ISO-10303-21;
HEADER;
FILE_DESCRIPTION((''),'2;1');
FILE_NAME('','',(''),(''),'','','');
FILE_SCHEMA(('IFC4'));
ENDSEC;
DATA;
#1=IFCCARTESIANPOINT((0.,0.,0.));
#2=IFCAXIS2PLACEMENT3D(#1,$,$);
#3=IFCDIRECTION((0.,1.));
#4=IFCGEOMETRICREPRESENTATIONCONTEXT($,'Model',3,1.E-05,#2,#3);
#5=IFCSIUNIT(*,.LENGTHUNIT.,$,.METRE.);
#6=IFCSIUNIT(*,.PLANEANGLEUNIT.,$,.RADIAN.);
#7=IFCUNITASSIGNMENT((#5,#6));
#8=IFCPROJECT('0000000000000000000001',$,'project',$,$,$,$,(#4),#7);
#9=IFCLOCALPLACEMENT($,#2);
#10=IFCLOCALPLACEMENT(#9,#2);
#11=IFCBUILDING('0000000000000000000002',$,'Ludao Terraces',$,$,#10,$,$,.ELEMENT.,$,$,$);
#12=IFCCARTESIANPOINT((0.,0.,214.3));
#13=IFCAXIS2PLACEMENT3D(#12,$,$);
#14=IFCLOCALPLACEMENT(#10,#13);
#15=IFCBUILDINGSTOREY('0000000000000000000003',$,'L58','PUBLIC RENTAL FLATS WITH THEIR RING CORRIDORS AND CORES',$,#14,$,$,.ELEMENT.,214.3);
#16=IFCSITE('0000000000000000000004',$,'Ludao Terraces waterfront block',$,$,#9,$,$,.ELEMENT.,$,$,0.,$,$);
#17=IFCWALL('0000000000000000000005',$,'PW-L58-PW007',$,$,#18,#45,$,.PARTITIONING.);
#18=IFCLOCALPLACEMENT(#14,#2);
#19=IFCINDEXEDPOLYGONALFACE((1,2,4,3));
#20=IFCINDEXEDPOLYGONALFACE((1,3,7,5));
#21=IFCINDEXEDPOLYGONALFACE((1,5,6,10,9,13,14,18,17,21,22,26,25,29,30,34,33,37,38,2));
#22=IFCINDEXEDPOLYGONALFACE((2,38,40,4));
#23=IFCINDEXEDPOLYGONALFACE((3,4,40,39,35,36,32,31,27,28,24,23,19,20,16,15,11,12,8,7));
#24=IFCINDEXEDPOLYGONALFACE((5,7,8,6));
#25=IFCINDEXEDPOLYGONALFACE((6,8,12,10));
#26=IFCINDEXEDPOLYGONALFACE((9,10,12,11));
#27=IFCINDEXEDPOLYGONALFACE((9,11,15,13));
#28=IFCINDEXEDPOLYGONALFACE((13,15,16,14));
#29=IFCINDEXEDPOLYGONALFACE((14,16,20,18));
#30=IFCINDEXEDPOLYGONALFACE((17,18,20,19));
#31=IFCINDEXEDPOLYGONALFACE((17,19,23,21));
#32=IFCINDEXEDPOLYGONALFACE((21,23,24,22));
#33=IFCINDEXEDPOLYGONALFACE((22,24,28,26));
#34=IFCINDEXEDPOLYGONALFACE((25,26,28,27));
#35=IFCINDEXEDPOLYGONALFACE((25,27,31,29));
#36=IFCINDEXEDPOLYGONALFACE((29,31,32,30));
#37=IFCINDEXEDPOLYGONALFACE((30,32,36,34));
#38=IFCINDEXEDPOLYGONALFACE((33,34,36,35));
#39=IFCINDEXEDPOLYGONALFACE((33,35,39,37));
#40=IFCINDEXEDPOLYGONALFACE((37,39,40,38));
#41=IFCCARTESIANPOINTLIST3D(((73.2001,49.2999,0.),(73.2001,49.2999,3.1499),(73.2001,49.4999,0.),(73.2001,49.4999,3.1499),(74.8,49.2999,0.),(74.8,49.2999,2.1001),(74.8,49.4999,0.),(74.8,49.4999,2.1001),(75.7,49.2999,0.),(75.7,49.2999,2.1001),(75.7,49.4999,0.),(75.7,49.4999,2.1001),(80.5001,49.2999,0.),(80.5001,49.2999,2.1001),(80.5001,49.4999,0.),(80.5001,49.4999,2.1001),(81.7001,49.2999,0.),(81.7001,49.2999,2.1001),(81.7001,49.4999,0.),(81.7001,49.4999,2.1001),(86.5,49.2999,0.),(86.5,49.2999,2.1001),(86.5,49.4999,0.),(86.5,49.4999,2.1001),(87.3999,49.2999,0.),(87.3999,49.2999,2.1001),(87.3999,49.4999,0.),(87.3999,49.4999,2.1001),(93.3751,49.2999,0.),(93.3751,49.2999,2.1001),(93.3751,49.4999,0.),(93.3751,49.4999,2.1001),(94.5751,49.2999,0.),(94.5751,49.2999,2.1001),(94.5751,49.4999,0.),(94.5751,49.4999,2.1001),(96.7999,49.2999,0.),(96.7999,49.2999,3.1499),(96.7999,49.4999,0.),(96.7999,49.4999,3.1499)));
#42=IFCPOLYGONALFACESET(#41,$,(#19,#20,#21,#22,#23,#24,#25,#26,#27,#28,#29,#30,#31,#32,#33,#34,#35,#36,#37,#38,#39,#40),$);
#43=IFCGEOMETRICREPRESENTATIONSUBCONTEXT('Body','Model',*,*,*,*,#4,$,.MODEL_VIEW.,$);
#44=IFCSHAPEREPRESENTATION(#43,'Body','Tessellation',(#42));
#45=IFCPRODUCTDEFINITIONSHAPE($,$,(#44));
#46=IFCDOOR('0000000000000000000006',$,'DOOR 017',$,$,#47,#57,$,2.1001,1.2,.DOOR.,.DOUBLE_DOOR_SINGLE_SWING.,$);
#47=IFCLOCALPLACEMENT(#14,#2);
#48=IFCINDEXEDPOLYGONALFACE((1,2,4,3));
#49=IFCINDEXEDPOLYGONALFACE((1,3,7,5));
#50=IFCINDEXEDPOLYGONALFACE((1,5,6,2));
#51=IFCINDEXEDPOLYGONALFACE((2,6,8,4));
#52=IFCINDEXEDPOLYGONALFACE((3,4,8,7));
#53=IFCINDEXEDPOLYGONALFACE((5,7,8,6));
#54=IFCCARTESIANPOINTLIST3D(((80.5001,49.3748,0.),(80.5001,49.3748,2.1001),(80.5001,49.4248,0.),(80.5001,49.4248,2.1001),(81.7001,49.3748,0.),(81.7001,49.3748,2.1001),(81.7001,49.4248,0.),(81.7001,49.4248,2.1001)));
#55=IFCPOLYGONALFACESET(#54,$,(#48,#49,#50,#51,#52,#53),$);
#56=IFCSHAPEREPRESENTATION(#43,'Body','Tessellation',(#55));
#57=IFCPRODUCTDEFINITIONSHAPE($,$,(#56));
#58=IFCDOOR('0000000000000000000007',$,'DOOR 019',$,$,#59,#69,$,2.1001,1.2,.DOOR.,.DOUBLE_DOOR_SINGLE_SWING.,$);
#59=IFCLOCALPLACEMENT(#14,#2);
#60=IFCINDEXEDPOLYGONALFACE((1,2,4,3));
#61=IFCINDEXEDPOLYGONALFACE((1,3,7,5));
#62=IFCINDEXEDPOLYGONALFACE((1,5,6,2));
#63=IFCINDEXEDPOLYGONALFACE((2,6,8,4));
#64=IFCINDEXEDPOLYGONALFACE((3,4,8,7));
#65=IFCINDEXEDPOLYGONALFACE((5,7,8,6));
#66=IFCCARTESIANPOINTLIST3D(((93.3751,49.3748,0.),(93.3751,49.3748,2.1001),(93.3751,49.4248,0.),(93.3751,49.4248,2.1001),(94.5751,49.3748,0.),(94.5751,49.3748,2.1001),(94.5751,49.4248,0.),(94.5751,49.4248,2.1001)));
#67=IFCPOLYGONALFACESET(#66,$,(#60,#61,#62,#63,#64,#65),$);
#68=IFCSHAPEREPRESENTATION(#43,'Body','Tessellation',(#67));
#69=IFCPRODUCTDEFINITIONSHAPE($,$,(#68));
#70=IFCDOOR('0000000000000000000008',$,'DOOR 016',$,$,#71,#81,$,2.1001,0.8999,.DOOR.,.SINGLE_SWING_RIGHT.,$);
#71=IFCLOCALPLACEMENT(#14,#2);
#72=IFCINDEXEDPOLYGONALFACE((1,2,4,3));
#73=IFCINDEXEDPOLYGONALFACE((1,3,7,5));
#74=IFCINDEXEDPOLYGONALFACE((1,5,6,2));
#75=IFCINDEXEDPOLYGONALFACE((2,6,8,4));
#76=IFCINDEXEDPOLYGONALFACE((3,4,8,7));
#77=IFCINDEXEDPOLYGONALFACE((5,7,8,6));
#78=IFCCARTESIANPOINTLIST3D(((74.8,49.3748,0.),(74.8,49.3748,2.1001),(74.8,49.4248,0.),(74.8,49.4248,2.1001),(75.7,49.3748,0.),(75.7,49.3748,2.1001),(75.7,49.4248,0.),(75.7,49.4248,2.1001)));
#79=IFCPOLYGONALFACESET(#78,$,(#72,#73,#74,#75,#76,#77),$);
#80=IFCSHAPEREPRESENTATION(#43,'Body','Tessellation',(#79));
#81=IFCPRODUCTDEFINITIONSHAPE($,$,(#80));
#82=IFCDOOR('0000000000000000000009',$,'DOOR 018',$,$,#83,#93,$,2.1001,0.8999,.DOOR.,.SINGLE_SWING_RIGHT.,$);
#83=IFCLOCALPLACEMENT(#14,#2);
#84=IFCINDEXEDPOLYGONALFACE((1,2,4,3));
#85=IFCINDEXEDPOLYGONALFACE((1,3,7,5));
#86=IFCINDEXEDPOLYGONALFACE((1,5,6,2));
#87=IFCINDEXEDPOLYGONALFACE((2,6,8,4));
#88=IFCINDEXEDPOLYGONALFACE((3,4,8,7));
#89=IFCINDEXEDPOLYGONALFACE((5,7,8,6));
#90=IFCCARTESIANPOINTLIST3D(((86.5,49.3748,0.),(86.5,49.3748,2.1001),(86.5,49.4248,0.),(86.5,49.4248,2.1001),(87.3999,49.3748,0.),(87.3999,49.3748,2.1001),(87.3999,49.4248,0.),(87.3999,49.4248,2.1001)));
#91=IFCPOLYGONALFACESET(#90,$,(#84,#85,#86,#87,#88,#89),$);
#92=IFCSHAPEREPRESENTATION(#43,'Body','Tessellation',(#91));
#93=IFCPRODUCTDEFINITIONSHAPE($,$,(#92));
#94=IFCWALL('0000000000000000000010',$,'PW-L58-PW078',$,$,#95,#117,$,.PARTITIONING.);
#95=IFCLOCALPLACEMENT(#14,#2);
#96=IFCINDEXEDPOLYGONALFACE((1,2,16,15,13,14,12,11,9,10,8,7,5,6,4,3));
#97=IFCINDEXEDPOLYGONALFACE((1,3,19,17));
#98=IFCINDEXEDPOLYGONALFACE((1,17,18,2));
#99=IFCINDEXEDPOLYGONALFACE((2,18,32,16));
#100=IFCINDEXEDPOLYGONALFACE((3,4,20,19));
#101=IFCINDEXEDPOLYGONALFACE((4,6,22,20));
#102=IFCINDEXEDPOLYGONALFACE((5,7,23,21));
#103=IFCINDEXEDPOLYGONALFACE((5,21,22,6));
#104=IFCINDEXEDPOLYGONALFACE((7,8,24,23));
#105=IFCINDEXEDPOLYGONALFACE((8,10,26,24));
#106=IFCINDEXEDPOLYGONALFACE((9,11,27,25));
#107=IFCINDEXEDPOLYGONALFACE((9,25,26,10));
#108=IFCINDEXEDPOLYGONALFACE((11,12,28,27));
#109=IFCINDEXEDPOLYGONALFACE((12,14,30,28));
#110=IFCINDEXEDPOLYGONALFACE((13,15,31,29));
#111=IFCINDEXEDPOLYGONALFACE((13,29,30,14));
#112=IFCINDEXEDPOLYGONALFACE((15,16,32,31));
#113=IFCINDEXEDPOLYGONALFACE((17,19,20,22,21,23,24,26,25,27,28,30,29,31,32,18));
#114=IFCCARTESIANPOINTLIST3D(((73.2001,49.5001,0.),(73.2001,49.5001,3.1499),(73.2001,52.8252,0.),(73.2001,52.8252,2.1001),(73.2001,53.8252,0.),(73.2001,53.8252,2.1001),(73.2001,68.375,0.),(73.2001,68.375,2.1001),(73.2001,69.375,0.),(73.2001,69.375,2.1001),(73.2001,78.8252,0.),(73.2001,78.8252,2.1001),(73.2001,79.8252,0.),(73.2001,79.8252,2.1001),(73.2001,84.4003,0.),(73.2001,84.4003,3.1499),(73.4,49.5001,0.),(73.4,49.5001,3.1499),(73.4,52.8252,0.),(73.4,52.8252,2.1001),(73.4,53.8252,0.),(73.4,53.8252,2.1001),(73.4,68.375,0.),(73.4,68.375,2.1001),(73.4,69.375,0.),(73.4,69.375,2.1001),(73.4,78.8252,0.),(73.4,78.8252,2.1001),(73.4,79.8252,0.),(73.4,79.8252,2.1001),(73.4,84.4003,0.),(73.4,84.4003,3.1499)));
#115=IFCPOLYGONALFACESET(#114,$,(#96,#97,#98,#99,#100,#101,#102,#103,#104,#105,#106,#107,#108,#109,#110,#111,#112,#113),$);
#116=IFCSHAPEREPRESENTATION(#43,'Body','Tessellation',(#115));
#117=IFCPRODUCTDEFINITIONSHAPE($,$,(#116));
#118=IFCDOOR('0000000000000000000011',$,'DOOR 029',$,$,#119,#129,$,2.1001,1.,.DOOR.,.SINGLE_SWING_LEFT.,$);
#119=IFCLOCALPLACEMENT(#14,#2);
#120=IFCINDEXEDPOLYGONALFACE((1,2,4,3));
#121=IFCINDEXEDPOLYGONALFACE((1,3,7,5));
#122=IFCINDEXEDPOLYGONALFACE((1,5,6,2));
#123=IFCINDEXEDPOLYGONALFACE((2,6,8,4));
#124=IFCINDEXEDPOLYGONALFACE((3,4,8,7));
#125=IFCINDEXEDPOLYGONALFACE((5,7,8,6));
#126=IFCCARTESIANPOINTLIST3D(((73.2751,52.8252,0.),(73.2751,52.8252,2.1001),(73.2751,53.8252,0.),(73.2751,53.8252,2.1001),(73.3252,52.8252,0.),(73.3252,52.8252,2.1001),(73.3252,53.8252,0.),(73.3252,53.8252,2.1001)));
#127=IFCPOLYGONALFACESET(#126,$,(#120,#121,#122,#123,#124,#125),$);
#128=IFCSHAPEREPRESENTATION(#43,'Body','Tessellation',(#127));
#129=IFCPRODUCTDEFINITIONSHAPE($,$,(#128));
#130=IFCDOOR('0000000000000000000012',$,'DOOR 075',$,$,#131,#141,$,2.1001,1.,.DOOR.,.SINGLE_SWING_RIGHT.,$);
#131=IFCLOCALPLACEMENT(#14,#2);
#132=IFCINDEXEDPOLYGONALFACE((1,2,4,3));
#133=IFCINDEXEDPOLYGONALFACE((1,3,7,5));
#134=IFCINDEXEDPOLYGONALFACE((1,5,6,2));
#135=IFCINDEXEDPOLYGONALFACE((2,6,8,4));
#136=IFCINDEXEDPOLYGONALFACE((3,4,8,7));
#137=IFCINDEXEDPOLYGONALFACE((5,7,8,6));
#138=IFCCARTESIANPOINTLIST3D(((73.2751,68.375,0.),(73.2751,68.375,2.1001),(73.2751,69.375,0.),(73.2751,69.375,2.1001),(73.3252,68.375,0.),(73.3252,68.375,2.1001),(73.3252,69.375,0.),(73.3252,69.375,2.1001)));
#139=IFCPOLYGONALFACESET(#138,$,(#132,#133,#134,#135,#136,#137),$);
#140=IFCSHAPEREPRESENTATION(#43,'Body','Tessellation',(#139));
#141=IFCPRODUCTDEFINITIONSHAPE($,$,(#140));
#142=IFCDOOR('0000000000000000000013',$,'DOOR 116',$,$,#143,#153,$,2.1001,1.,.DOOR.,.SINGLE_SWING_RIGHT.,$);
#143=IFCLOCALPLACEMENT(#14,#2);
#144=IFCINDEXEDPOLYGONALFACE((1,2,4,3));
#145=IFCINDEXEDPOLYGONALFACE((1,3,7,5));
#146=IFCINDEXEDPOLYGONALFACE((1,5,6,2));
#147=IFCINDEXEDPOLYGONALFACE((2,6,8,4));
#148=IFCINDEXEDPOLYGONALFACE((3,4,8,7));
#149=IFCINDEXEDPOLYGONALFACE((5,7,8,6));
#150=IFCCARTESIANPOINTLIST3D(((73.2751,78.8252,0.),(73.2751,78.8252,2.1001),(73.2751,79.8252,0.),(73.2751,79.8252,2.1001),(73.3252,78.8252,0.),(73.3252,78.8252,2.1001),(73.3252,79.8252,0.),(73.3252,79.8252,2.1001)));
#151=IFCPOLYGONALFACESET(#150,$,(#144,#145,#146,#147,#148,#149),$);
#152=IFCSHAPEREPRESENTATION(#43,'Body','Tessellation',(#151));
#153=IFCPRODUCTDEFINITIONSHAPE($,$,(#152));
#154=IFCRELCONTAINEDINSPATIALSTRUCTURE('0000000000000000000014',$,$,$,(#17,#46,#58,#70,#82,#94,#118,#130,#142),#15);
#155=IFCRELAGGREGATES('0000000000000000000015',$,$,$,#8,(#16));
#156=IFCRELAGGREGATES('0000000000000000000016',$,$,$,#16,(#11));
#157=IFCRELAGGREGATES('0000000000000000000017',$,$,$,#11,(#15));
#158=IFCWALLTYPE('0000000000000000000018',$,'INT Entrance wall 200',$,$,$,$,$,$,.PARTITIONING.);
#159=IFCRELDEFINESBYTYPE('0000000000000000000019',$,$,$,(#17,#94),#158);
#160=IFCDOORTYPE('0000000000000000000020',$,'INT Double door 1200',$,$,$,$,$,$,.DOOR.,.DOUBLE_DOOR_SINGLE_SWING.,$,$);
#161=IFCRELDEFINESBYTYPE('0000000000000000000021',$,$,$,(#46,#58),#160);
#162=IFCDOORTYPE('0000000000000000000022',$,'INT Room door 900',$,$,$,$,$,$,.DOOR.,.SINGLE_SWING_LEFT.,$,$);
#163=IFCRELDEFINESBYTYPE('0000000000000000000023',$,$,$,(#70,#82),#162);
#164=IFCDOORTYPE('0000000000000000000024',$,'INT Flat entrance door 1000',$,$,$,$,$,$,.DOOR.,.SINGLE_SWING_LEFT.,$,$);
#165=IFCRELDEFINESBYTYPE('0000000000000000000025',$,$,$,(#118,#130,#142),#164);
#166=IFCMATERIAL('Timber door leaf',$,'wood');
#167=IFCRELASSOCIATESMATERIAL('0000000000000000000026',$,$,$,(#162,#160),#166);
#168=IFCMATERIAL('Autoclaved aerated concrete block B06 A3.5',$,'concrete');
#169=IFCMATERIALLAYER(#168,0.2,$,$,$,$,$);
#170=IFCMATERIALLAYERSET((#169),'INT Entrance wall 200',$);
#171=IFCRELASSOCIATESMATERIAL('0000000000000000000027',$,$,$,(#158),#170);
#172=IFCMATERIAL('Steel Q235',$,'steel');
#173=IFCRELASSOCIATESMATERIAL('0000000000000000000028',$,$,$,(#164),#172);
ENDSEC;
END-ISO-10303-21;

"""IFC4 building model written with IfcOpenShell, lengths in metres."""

from ifc_helpers import new_model, si_unit, direction, frame, frame_2d, origin, place, context, subcontext, project, spatial, rectangle, extrude, material, layer, layer_set, type_object, element, fill, save


model = new_model("IFC4")

# Units and contexts
model_context = context("Model", 3, precision=1e-05, world=origin(), true_north=direction((0.0, 1.0)))
body_context = subcontext(model_context, "Body", "Model", "MODEL_VIEW")
ifc_project = project(units=[si_unit("LENGTHUNIT", "METRE"), si_unit("PLANEANGLEUNIT", "RADIAN")], contexts=[model_context])

# Site, building, storey
site_placement = place(None, origin())
site = spatial("IfcSite", under=ifc_project, at=site_placement, Name="Ludao Terraces waterfront block", CompositionType="ELEMENT", RefElevation=0.0)
building_placement = place(site_placement, origin())
building = spatial("IfcBuilding", under=site, at=building_placement, Name="Ludao Terraces", CompositionType="ELEMENT")
storey_placement = place(building_placement, frame((0.0, 0.0, 214.3)))
storey = spatial("IfcBuildingStorey", under=building, at=storey_placement, Name="L58", Description="PUBLIC RENTAL FLATS WITH THEIR RING CORRIDORS AND CORES", CompositionType="ELEMENT", Elevation=214.3)

# Walls, openings, doors
ifc_material_1 = material(Name="Steel Q235", Category="steel")
ifc_material_2 = material(Name="Timber door leaf", Category="wood")
door_type_1 = type_object("IfcDoorType", Name="INT Room door 900", OperationType="SINGLE_SWING_LEFT", PredefinedType="DOOR", material=ifc_material_2)
ifc_material_3 = material(Name="Autoclaved aerated concrete block B06 A3.5", Category="concrete")
ifc_layer_1 = layer(ifc_material_3, 0.2)
ifc_layer_set_1 = layer_set([ifc_layer_1], Name="INT Entrance wall 200")
wall_type_1 = type_object("IfcWallType", Name="INT Entrance wall 200", PredefinedType="PARTITIONING", material=ifc_layer_set_1)
wall_1_placement = place(storey_placement, frame((73.2002, 49.3999, 0.0), z_axis=(0.0, 0.0, 1.0), x_axis=(1.0, 0.0, 0.0)))
wall_1 = element("IfcWall", 1, at=wall_1_placement, inside=storey, type_object=wall_type_1, Name="PW-L58-PW007", PredefinedType="PARTITIONING", context=body_context, shape_type="SweptSolid", body=[
    extrude(rectangle(XDim=23.5999, YDim=0.2, at=frame_2d((11.7998, 0.0))), origin(), (0.0, 0.0, 1.0), 3.1499),
])
opening_1_placement = place(wall_1_placement, frame((1.5999, 0.0, 0.0)))
opening_1 = element("IfcOpeningElement", 2, at=opening_1_placement, cuts=wall_1, PredefinedType="OPENING", context=body_context, shape_type="SweptSolid", body=[
    extrude(rectangle(XDim=0.8999, YDim=2.1001, at=frame_2d((0.45, 1.05))), frame((0.0, 0.1099, 0.0), z_axis=(0.0, -1.0, 0.0), x_axis=(1.0, 0.0, 0.0)), (0.0, 0.0, 1.0), 0.22),
])
opening_2_placement = place(wall_1_placement, frame((7.2998, 0.0, 0.0)))
opening_2 = element("IfcOpeningElement", 3, at=opening_2_placement, cuts=wall_1, PredefinedType="OPENING", context=body_context, shape_type="SweptSolid", body=[
    extrude(rectangle(XDim=1.2, YDim=2.1001, at=frame_2d((0.6001, 1.05))), frame((0.0, 0.1099, 0.0), z_axis=(0.0, -1.0, 0.0), x_axis=(1.0, 0.0, 0.0)), (0.0, 0.0, 1.0), 0.22),
])
opening_3_placement = place(wall_1_placement, frame((13.2998, 0.0, 0.0)))
opening_3 = element("IfcOpeningElement", 4, at=opening_3_placement, cuts=wall_1, PredefinedType="OPENING", context=body_context, shape_type="SweptSolid", body=[
    extrude(rectangle(XDim=0.8999, YDim=2.1001, at=frame_2d((0.45, 1.05))), frame((0.0, 0.1099, 0.0), z_axis=(0.0, -1.0, 0.0), x_axis=(1.0, 0.0, 0.0)), (0.0, 0.0, 1.0), 0.22),
])
opening_4_placement = place(wall_1_placement, frame((20.1748, 0.0, 0.0)))
opening_4 = element("IfcOpeningElement", 5, at=opening_4_placement, cuts=wall_1, PredefinedType="OPENING", context=body_context, shape_type="SweptSolid", body=[
    extrude(rectangle(XDim=1.2, YDim=2.1001, at=frame_2d((0.6001, 1.05))), frame((0.0, 0.1099, 0.0), z_axis=(0.0, -1.0, 0.0), x_axis=(1.0, 0.0, 0.0)), (0.0, 0.0, 1.0), 0.22),
])
door_type_2 = type_object("IfcDoorType", Name="INT Double door 1200", OperationType="DOUBLE_DOOR_SINGLE_SWING", PredefinedType="DOOR", material=ifc_material_2)
door_1_placement = place(opening_2_placement, origin())
door_1 = element("IfcDoor", 6, at=door_1_placement, inside=storey, type_object=door_type_2, Name="DOOR 017", OperationType="DOUBLE_DOOR_SINGLE_SWING", OverallHeight=2.1001, OverallWidth=1.2, PredefinedType="DOOR", context=body_context, shape_type="SweptSolid", body=[
    extrude(rectangle(XDim=1.2, YDim=2.1001, at=frame_2d((0.6001, 1.05))), frame((0.0, 0.0249, 0.0), z_axis=(0.0, -1.0, 0.0), x_axis=(1.0, 0.0, 0.0)), (0.0, 0.0, 1.0), 0.05),
])
fill(opening_2, door_1)
door_2_placement = place(opening_4_placement, origin())
door_2 = element("IfcDoor", 7, at=door_2_placement, inside=storey, type_object=door_type_2, Name="DOOR 019", OperationType="DOUBLE_DOOR_SINGLE_SWING", OverallHeight=2.1001, OverallWidth=1.2, PredefinedType="DOOR", context=body_context, shape_type="SweptSolid", body=[
    extrude(rectangle(XDim=1.2, YDim=2.1001, at=frame_2d((0.6001, 1.05))), frame((0.0, 0.0249, 0.0), z_axis=(0.0, -1.0, 0.0), x_axis=(1.0, 0.0, 0.0)), (0.0, 0.0, 1.0), 0.05),
])
fill(opening_4, door_2)
door_3_placement = place(opening_1_placement, origin())
door_3 = element("IfcDoor", 8, at=door_3_placement, inside=storey, type_object=door_type_1, Name="DOOR 016", OperationType="SINGLE_SWING_RIGHT", OverallHeight=2.1001, OverallWidth=0.8999, PredefinedType="DOOR", context=body_context, shape_type="SweptSolid", body=[
    extrude(rectangle(XDim=0.8999, YDim=2.1001, at=frame_2d((0.45, 1.05))), frame((0.0, 0.0249, 0.0), z_axis=(0.0, -1.0, 0.0), x_axis=(1.0, 0.0, 0.0)), (0.0, 0.0, 1.0), 0.05),
])
fill(opening_1, door_3)
door_4_placement = place(opening_3_placement, origin())
door_4 = element("IfcDoor", 9, at=door_4_placement, inside=storey, type_object=door_type_1, Name="DOOR 018", OperationType="SINGLE_SWING_RIGHT", OverallHeight=2.1001, OverallWidth=0.8999, PredefinedType="DOOR", context=body_context, shape_type="SweptSolid", body=[
    extrude(rectangle(XDim=0.8999, YDim=2.1001, at=frame_2d((0.45, 1.05))), frame((0.0, 0.0249, 0.0), z_axis=(0.0, -1.0, 0.0), x_axis=(1.0, 0.0, 0.0)), (0.0, 0.0, 1.0), 0.05),
])
fill(opening_3, door_4)
wall_2_placement = place(storey_placement, frame((73.3, 49.5, 0.0), z_axis=(0.0, 0.0, 1.0), x_axis=(0.0, 1.0, 0.0)))
wall_2 = element("IfcWall", 10, at=wall_2_placement, inside=storey, type_object=wall_type_1, Name="PW-L58-PW078", PredefinedType="PARTITIONING", context=body_context, shape_type="SweptSolid", body=[
    extrude(rectangle(XDim=34.9001, YDim=0.2, at=frame_2d((17.4502, 0.0))), origin(), (0.0, 0.0, 1.0), 3.1499),
])
opening_5_placement = place(wall_2_placement, frame((3.3252, 0.0, 0.0)))
opening_5 = element("IfcOpeningElement", 11, at=opening_5_placement, cuts=wall_2, PredefinedType="OPENING", context=body_context, shape_type="SweptSolid", body=[
    extrude(rectangle(XDim=1.0, YDim=2.1001, at=frame_2d((0.5, 1.05))), frame((0.0, 0.1099, 0.0), z_axis=(0.0, -1.0, 0.0), x_axis=(1.0, 0.0, 0.0)), (0.0, 0.0, 1.0), 0.22),
])
opening_6_placement = place(wall_2_placement, frame((18.875, 0.0, 0.0)))
opening_6 = element("IfcOpeningElement", 12, at=opening_6_placement, cuts=wall_2, PredefinedType="OPENING", context=body_context, shape_type="SweptSolid", body=[
    extrude(rectangle(XDim=1.0, YDim=2.1001, at=frame_2d((0.5, 1.05))), frame((0.0, 0.1099, 0.0), z_axis=(0.0, -1.0, 0.0), x_axis=(1.0, 0.0, 0.0)), (0.0, 0.0, 1.0), 0.22),
])
opening_7_placement = place(wall_2_placement, frame((29.3252, 0.0, 0.0)))
opening_7 = element("IfcOpeningElement", 13, at=opening_7_placement, cuts=wall_2, PredefinedType="OPENING", context=body_context, shape_type="SweptSolid", body=[
    extrude(rectangle(XDim=1.0, YDim=2.1001, at=frame_2d((0.5, 1.05))), frame((0.0, 0.1099, 0.0), z_axis=(0.0, -1.0, 0.0), x_axis=(1.0, 0.0, 0.0)), (0.0, 0.0, 1.0), 0.22),
])
door_type_3 = type_object("IfcDoorType", Name="INT Flat entrance door 1000", OperationType="SINGLE_SWING_LEFT", PredefinedType="DOOR", material=ifc_material_1)
door_5_placement = place(opening_5_placement, origin())
door_5 = element("IfcDoor", 14, at=door_5_placement, inside=storey, type_object=door_type_3, Name="DOOR 029", OperationType="SINGLE_SWING_LEFT", OverallHeight=2.1001, OverallWidth=1.0, PredefinedType="DOOR", context=body_context, shape_type="SweptSolid", body=[
    extrude(rectangle(XDim=1.0, YDim=2.1001, at=frame_2d((0.5, 1.05))), frame((0.0, 0.0249, 0.0), z_axis=(0.0, -1.0, 0.0), x_axis=(1.0, 0.0, 0.0)), (0.0, 0.0, 1.0), 0.05),
])
fill(opening_5, door_5)
door_6_placement = place(opening_6_placement, origin())
door_6 = element("IfcDoor", 15, at=door_6_placement, inside=storey, type_object=door_type_3, Name="DOOR 075", OperationType="SINGLE_SWING_RIGHT", OverallHeight=2.1001, OverallWidth=1.0, PredefinedType="DOOR", context=body_context, shape_type="SweptSolid", body=[
    extrude(rectangle(XDim=1.0, YDim=2.1001, at=frame_2d((0.5, 1.05))), frame((0.0, 0.0249, 0.0), z_axis=(0.0, -1.0, 0.0), x_axis=(1.0, 0.0, 0.0)), (0.0, 0.0, 1.0), 0.05),
])
fill(opening_6, door_6)
door_7_placement = place(opening_7_placement, origin())
door_7 = element("IfcDoor", 16, at=door_7_placement, inside=storey, type_object=door_type_3, Name="DOOR 116", OperationType="SINGLE_SWING_RIGHT", OverallHeight=2.1001, OverallWidth=1.0, PredefinedType="DOOR", context=body_context, shape_type="SweptSolid", body=[
    extrude(rectangle(XDim=1.0, YDim=2.1001, at=frame_2d((0.5, 1.05))), frame((0.0, 0.0249, 0.0), z_axis=(0.0, -1.0, 0.0), x_axis=(1.0, 0.0, 0.0)), (0.0, 0.0, 1.0), 0.05),
])
fill(opening_7, door_7)

save(model, "model.ifc")
